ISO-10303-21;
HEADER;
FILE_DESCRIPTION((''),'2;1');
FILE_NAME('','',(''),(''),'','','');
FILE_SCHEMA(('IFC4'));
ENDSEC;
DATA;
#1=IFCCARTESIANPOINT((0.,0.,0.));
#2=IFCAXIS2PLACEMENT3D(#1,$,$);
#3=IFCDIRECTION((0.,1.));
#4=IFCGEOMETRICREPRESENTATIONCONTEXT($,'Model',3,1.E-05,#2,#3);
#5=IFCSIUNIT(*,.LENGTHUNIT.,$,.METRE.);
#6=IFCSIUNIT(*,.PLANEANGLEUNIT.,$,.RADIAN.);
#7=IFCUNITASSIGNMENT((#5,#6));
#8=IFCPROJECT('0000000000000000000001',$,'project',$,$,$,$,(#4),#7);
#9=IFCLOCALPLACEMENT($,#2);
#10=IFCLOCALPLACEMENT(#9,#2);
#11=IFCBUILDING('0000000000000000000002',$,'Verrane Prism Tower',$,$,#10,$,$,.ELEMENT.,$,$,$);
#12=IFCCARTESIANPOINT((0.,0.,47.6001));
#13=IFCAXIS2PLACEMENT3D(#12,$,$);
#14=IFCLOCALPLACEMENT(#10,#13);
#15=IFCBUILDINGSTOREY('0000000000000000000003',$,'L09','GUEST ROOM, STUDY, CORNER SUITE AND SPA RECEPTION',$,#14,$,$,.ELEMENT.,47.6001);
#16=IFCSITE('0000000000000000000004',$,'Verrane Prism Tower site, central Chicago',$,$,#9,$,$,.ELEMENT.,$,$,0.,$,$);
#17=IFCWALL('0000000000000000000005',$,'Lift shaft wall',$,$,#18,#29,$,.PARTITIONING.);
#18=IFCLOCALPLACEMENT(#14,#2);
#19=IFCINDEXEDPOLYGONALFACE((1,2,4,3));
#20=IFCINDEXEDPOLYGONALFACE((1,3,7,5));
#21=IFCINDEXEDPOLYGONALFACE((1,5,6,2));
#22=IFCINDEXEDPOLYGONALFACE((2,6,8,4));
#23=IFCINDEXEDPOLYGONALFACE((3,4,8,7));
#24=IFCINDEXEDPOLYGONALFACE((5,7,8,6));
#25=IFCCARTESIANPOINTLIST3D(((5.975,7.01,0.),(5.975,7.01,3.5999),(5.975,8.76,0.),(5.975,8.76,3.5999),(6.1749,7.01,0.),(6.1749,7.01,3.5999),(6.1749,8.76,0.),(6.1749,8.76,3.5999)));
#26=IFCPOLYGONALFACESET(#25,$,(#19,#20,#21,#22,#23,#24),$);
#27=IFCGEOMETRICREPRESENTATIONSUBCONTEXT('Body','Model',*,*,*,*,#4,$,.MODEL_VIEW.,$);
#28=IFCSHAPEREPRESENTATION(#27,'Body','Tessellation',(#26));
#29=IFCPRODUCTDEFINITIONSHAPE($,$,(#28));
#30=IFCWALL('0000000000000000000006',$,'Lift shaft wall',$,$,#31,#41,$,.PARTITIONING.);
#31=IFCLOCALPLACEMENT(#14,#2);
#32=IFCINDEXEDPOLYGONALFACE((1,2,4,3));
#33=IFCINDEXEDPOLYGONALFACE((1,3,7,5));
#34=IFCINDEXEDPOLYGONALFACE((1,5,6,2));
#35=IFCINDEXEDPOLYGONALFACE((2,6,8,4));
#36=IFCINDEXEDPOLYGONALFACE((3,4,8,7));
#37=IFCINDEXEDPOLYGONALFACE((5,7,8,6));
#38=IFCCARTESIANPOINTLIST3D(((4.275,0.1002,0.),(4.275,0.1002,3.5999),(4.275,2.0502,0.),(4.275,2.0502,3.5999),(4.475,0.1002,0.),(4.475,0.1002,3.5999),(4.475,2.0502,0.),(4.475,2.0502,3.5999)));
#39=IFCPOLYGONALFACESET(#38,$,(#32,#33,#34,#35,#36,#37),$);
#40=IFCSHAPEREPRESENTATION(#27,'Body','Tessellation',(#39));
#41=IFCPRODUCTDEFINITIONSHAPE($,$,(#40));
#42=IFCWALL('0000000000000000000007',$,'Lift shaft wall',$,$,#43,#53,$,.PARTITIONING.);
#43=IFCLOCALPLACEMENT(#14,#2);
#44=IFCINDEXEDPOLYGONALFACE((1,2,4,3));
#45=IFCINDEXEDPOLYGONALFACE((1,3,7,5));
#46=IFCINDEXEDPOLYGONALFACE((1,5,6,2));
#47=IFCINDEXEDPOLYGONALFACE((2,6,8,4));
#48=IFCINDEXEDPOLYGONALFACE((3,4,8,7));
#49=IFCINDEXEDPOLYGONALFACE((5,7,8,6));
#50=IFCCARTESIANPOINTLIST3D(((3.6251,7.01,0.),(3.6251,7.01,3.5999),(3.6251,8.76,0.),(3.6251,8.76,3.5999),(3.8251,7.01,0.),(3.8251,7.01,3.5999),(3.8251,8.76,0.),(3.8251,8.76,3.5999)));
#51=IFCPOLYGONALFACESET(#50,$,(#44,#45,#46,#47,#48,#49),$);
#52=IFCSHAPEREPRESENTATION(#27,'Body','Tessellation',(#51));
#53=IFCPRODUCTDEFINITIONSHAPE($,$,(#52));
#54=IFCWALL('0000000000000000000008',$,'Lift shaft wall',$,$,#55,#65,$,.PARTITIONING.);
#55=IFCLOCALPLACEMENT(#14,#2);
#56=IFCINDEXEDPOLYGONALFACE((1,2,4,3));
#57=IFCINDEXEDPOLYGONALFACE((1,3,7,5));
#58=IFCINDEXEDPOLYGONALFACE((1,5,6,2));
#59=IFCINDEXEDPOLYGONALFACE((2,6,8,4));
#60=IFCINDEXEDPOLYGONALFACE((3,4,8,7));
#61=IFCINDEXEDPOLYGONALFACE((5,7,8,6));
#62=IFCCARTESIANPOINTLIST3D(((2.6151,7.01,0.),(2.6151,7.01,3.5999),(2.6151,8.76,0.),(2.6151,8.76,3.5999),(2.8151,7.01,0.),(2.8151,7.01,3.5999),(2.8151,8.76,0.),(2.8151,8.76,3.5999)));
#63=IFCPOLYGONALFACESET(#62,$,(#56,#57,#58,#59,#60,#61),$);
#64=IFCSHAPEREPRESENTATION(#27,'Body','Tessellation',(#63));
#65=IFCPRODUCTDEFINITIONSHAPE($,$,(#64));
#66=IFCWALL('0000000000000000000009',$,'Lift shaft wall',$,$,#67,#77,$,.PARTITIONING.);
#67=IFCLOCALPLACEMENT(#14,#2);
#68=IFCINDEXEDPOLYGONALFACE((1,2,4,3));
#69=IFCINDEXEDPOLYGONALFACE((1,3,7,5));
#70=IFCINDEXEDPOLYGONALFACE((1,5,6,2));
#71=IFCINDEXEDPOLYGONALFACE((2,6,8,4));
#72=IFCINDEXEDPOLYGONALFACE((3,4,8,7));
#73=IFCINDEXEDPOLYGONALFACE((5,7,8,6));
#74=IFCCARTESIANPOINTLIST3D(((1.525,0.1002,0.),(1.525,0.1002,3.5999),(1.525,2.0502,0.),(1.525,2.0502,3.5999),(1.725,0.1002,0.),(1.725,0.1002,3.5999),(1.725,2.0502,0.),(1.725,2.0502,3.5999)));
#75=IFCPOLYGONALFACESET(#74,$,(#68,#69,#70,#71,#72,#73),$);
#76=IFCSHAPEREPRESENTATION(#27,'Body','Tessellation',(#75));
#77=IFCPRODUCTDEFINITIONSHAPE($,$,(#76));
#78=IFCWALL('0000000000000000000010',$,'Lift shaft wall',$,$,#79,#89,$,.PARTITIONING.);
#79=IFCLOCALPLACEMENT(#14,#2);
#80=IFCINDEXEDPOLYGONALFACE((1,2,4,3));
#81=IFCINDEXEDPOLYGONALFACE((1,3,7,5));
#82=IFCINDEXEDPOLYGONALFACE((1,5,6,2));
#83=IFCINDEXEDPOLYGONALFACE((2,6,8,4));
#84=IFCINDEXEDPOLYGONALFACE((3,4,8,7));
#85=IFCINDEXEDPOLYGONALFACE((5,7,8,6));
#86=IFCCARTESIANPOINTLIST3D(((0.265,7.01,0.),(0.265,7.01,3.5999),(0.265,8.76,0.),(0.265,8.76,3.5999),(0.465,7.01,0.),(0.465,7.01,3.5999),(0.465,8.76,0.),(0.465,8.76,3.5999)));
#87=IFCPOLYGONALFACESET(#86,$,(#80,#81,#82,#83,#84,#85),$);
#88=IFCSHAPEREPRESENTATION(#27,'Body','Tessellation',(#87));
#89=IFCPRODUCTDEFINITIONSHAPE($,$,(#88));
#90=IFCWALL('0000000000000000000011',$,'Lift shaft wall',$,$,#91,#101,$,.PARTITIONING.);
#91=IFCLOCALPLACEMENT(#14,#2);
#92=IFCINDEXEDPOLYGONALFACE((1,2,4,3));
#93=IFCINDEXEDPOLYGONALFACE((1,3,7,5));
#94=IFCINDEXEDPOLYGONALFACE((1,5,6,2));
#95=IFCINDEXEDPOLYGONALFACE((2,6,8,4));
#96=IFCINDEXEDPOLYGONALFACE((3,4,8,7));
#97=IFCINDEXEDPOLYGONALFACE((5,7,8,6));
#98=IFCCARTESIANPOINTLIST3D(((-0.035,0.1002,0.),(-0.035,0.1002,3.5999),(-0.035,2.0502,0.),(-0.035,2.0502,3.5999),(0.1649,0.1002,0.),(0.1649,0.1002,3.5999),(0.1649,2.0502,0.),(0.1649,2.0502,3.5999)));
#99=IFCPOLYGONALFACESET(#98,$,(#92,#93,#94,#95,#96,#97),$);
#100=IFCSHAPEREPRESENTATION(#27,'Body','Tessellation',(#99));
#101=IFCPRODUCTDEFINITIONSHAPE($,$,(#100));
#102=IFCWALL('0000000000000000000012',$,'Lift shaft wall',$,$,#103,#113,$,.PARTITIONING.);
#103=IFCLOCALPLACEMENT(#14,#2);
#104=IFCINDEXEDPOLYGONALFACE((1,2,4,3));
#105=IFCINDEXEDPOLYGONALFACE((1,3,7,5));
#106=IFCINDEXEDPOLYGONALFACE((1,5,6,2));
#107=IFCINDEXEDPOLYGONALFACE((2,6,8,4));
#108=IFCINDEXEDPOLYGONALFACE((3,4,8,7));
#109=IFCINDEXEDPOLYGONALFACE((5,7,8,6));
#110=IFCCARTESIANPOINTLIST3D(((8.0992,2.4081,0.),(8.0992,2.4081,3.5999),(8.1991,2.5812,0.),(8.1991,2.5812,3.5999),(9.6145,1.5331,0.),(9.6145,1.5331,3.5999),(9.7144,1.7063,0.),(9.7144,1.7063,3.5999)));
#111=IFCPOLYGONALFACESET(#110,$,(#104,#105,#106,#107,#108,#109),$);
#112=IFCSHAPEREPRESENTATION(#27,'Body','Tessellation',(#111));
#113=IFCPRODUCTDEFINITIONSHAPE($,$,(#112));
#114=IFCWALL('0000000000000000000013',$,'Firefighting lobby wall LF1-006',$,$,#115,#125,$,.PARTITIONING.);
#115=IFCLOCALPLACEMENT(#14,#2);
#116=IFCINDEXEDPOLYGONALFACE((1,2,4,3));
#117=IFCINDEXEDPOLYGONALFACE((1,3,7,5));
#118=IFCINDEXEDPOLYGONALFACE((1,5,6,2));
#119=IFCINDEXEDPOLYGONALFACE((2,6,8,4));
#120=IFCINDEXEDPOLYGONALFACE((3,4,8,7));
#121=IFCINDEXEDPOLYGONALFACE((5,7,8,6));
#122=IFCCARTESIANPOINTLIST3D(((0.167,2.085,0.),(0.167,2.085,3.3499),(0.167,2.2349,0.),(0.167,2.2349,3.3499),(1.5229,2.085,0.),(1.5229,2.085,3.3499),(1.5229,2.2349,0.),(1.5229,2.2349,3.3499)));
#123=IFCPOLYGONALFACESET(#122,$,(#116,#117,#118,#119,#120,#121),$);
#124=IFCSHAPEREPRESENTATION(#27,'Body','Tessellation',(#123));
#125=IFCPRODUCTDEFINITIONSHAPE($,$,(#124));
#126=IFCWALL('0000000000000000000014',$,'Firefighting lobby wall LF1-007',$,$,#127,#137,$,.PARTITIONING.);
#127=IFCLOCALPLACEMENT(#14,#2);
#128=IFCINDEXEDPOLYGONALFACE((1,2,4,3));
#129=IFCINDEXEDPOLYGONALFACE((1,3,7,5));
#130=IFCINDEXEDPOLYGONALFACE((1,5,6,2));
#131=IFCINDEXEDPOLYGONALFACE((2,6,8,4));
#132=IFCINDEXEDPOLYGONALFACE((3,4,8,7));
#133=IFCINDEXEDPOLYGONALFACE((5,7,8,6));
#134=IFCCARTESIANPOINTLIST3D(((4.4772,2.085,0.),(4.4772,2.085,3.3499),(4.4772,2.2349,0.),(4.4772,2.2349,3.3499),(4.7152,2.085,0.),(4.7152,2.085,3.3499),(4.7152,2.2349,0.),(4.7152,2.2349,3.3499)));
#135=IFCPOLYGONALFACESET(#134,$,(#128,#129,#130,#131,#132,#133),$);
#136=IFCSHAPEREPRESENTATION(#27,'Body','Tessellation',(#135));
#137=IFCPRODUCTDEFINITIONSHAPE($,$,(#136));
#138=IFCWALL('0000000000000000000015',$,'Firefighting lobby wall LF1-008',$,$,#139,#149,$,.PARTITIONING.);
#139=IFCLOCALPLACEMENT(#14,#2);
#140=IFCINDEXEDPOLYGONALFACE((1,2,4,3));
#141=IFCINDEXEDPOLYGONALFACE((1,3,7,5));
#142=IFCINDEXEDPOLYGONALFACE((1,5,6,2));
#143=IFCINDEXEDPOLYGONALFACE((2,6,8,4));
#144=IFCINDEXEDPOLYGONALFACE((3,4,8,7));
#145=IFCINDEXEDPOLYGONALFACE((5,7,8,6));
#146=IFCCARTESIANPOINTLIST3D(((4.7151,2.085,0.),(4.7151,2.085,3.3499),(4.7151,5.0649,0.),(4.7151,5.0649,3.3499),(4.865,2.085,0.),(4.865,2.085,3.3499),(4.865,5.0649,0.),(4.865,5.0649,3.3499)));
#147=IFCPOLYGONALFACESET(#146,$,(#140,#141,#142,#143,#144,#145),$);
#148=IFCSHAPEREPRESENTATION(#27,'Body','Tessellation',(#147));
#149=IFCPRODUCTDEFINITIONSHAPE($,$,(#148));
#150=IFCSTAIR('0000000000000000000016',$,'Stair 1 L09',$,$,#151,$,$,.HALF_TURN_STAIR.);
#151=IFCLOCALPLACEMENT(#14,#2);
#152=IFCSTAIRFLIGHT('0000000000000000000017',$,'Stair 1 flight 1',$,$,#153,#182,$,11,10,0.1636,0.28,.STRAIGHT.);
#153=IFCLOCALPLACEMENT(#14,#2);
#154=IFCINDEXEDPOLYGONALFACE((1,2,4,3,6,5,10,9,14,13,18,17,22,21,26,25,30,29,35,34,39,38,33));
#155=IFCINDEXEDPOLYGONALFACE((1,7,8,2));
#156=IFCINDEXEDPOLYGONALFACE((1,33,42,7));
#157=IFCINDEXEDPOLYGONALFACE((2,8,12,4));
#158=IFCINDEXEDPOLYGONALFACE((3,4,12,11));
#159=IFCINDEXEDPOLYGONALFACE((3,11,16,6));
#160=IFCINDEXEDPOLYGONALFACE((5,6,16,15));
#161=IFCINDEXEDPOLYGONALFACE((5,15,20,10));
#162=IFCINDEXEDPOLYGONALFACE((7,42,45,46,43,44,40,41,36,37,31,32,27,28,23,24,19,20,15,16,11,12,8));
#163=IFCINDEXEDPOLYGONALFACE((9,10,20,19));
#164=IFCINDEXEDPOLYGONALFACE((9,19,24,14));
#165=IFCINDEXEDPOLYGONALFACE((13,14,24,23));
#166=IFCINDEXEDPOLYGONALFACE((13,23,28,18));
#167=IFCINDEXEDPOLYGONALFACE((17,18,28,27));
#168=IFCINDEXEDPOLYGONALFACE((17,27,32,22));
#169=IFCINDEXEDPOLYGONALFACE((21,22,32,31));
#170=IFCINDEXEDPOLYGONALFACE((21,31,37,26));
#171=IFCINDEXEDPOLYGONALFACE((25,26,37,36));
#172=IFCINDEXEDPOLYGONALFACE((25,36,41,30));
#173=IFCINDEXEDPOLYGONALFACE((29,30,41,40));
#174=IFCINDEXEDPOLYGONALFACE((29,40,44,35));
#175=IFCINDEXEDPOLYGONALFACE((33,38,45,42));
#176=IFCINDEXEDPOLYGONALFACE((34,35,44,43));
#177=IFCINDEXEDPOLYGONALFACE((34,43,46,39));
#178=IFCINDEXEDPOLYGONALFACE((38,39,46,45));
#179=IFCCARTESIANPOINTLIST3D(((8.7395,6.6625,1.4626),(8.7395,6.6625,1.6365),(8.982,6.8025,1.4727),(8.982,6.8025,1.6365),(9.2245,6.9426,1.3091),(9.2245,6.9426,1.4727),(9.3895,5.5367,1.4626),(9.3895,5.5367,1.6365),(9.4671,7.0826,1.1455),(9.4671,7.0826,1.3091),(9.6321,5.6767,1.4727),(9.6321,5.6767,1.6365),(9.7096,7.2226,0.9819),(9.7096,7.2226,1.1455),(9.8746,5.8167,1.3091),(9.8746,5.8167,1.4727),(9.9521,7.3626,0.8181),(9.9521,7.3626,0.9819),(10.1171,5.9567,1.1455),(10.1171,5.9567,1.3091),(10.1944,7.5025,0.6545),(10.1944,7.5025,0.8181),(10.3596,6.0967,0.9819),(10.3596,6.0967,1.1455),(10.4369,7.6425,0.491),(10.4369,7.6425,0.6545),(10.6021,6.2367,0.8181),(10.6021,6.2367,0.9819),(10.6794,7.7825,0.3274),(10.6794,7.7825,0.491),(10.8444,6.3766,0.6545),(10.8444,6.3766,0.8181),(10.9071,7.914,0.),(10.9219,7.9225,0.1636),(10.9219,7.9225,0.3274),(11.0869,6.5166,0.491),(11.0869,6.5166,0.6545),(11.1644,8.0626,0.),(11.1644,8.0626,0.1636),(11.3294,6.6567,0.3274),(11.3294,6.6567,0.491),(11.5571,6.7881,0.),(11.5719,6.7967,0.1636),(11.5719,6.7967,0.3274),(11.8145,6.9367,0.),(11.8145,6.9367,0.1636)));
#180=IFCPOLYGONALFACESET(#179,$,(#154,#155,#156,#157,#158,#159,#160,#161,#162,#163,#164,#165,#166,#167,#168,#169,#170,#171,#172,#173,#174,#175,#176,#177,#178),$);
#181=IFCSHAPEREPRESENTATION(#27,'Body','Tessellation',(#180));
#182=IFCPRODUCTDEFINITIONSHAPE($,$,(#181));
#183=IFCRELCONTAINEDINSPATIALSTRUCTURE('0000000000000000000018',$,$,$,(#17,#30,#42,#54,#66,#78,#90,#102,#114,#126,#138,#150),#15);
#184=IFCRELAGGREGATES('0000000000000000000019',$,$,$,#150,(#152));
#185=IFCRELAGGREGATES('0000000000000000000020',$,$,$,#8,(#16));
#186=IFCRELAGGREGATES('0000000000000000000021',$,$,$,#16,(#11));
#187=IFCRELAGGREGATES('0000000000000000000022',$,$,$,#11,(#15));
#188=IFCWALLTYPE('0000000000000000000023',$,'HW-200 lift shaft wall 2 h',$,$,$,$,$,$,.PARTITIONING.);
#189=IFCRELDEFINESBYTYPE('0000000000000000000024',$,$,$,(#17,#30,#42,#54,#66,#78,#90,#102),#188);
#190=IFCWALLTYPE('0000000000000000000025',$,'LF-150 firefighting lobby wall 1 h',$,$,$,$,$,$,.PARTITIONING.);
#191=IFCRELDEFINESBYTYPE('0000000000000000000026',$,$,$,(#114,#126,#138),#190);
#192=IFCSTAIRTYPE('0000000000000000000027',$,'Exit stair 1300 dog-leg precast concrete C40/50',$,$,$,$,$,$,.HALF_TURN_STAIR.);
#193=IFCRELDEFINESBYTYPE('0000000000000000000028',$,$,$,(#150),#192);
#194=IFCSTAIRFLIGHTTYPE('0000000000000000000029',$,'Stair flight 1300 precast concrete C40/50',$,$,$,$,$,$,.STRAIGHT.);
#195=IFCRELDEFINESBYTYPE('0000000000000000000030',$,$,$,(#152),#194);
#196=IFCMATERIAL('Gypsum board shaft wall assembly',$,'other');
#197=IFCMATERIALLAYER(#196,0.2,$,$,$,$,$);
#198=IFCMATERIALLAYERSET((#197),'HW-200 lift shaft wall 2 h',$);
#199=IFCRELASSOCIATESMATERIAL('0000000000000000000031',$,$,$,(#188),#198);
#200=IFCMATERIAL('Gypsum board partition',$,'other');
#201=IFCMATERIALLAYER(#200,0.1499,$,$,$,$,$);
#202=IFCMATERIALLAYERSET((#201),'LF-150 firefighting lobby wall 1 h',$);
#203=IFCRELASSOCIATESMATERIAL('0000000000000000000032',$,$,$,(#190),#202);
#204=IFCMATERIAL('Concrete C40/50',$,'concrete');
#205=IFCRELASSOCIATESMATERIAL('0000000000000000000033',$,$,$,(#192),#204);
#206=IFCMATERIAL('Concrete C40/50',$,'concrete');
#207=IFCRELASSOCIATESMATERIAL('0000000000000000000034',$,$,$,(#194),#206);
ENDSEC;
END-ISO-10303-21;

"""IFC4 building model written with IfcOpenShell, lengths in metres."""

from ifc_helpers import new_model, si_unit, direction, frame, frame_2d, origin, place, context, subcontext, project, spatial, polyline, rectangle, outline, extrude, material, layer, layer_set, type_object, element, aggregate, save


model = new_model("IFC4")

# Units and contexts
model_context = context("Model", 3, precision=1e-05, world=origin(), true_north=direction((0.0, 1.0)))
body_context = subcontext(model_context, "Body", "Model", "MODEL_VIEW")
ifc_project = project(units=[si_unit("LENGTHUNIT", "METRE"), si_unit("PLANEANGLEUNIT", "RADIAN")], contexts=[model_context])

# Site, building, storey
site_placement = place(None, origin())
site = spatial("IfcSite", under=ifc_project, at=site_placement, Name="Verrane Prism Tower site, central Chicago", CompositionType="ELEMENT", RefElevation=0.0)
building_placement = place(site_placement, origin())
building = spatial("IfcBuilding", under=site, at=building_placement, Name="Verrane Prism Tower", CompositionType="ELEMENT")
storey_placement = place(building_placement, frame((0.0, 0.0, 47.6001)))
storey = spatial("IfcBuildingStorey", under=building, at=storey_placement, Name="L09", Description="GUEST ROOM, STUDY, CORNER SUITE AND SPA RECEPTION", CompositionType="ELEMENT", Elevation=47.6001)

# Shared definitions
ifc_material_1 = material(Name="Gypsum board shaft wall assembly", Category="other")
ifc_layer_1 = layer(ifc_material_1, 0.2)
ifc_layer_set_1 = layer_set([ifc_layer_1], Name="HW-200 lift shaft wall 2 h")
wall_type_1 = type_object("IfcWallType", Name="HW-200 lift shaft wall 2 h", PredefinedType="PARTITIONING", material=ifc_layer_set_1)

# Walls
wall_1_placement = place(storey_placement, frame((6.075, 7.01, 0.0), z_axis=(0.0, 0.0, 1.0), x_axis=(0.0, 1.0, 0.0)))
element("IfcWall", 1, at=wall_1_placement, inside=storey, type_object=wall_type_1, Name="Lift shaft wall", PredefinedType="PARTITIONING", context=body_context, shape_type="SweptSolid", body=[
    extrude(rectangle(XDim=1.75, YDim=0.2, at=frame_2d((0.875, 0.0))), origin(), (0.0, 0.0, 1.0), 3.5999),
])
wall_2_placement = place(storey_placement, frame((4.375, 0.1001, 0.0), z_axis=(0.0, 0.0, 1.0), x_axis=(0.0, 1.0, 0.0)))
element("IfcWall", 2, at=wall_2_placement, inside=storey, type_object=wall_type_1, Name="Lift shaft wall", PredefinedType="PARTITIONING", context=body_context, shape_type="SweptSolid", body=[
    extrude(rectangle(XDim=1.95, YDim=0.2, at=frame_2d((0.9751, 0.0))), origin(), (0.0, 0.0, 1.0), 3.5999),
])
for number, where, z_axis, x_axis, name in (
    (3, (3.7251, 7.01, 0.0), (0.0, 0.0, 1.0), (0.0, 1.0, 0.0), "Lift shaft wall"),
    (4, (2.7151, 7.01, 0.0), (0.0, 0.0, 1.0), (0.0, 1.0, 0.0), "Lift shaft wall"),
):
    element("IfcWall", number, at=place(storey_placement, frame(where, z_axis=z_axis, x_axis=x_axis)), inside=storey, type_object=wall_type_1, Name=name, PredefinedType="PARTITIONING", context=body_context, shape_type="SweptSolid", body=[
        extrude(rectangle(XDim=1.75, YDim=0.2, at=frame_2d((0.875, 0.0))), origin(), (0.0, 0.0, 1.0), 3.5999),
    ])
wall_3_placement = place(storey_placement, frame((1.625, 0.1001, 0.0), z_axis=(0.0, 0.0, 1.0), x_axis=(0.0, 1.0, 0.0)))
element("IfcWall", 5, at=wall_3_placement, inside=storey, type_object=wall_type_1, Name="Lift shaft wall", PredefinedType="PARTITIONING", context=body_context, shape_type="SweptSolid", body=[
    extrude(rectangle(XDim=1.95, YDim=0.2, at=frame_2d((0.9751, 0.0))), origin(), (0.0, 0.0, 1.0), 3.5999),
])
wall_4_placement = place(storey_placement, frame((0.365, 7.01, 0.0), z_axis=(0.0, 0.0, 1.0), x_axis=(0.0, 1.0, 0.0)))
element("IfcWall", 6, at=wall_4_placement, inside=storey, type_object=wall_type_1, Name="Lift shaft wall", PredefinedType="PARTITIONING", context=body_context, shape_type="SweptSolid", body=[
    extrude(rectangle(XDim=1.75, YDim=0.2, at=frame_2d((0.875, 0.0))), origin(), (0.0, 0.0, 1.0), 3.5999),
])
wall_5_placement = place(storey_placement, frame((0.0649, 0.1001, 0.0), z_axis=(0.0, 0.0, 1.0), x_axis=(0.0, 1.0, 0.0)))
element("IfcWall", 7, at=wall_5_placement, inside=storey, type_object=wall_type_1, Name="Lift shaft wall", PredefinedType="PARTITIONING", context=body_context, shape_type="SweptSolid", body=[
    extrude(rectangle(XDim=1.95, YDim=0.2, at=frame_2d((0.9751, 0.0))), origin(), (0.0, 0.0, 1.0), 3.5999),
])
wall_6_placement = place(storey_placement, frame((9.6646, 1.6196, 0.0), z_axis=(0.0, 0.0, 1.0), x_axis=(-0.866002, 0.50004, 0.0)))
element("IfcWall", 8, at=wall_6_placement, inside=storey, type_object=wall_type_1, Name="Lift shaft wall", PredefinedType="PARTITIONING", context=body_context, shape_type="SweptSolid", body=[
    extrude(rectangle(XDim=1.7498, YDim=0.2, at=frame_2d((0.875, 0.0))), origin(), (0.0, 0.0, 1.0), 3.5999),
])
ifc_material_2 = material(Name="Gypsum board partition", Category="other")
ifc_layer_2 = layer(ifc_material_2, 0.1499)
ifc_layer_set_2 = layer_set([ifc_layer_2], Name="LF-150 firefighting lobby wall 1 h")
wall_type_2 = type_object("IfcWallType", Name="LF-150 firefighting lobby wall 1 h", PredefinedType="PARTITIONING", material=ifc_layer_set_2)
wall_7_placement = place(storey_placement, frame((0.167, 2.1599, 0.0), z_axis=(0.0, 0.0, 1.0), x_axis=(1.0, 0.0, 0.0)))
element("IfcWall", 9, at=wall_7_placement, inside=storey, type_object=wall_type_2, Name="Firefighting lobby wall LF1-006", PredefinedType="PARTITIONING", context=body_context, shape_type="SweptSolid", body=[
    extrude(rectangle(XDim=1.356, YDim=0.1499, at=frame_2d((0.678, 0.0))), origin(), (0.0, 0.0, 1.0), 3.3499),
])
wall_8_placement = place(storey_placement, frame((4.4771, 2.1599, 0.0), z_axis=(0.0, 0.0, 1.0), x_axis=(1.0, 0.0, 0.0)))
element("IfcWall", 10, at=wall_8_placement, inside=storey, type_object=wall_type_2, Name="Firefighting lobby wall LF1-007", PredefinedType="PARTITIONING", context=body_context, shape_type="SweptSolid", body=[
    extrude(rectangle(XDim=0.238, YDim=0.1499, at=frame_2d((0.1191, 0.0))), origin(), (0.0, 0.0, 1.0), 3.3499),
])
wall_9_placement = place(storey_placement, frame((4.79, 2.085, 0.0), z_axis=(0.0, 0.0, 1.0), x_axis=(0.0, 1.0, 0.0)))
element("IfcWall", 11, at=wall_9_placement, inside=storey, type_object=wall_type_2, Name="Firefighting lobby wall LF1-008", PredefinedType="PARTITIONING", context=body_context, shape_type="SweptSolid", body=[
    extrude(rectangle(XDim=2.98, YDim=0.1499, at=frame_2d((1.49, 0.0))), origin(), (0.0, 0.0, 1.0), 3.3499),
])

# Stair, stair flight
ifc_material_3 = material(Name="Concrete C40/50", Category="concrete")
stair_type = type_object("IfcStairType", Name="Exit stair 1300 dog-leg precast concrete C40/50", PredefinedType="HALF_TURN_STAIR", material=ifc_material_3)
stair_placement = place(storey_placement, origin())
stair = element("IfcStair", 12, at=stair_placement, inside=storey, type_object=stair_type, Name="Stair 1 L09", PredefinedType="HALF_TURN_STAIR")
ifc_material_4 = material(Name="Concrete C40/50", Category="concrete")
stair_flight_type = type_object("IfcStairFlightType", Name="Stair flight 1300 precast concrete C40/50", PredefinedType="STRAIGHT", material=ifc_material_4)
stair_flight_1_placement = place(storey_placement, frame((11.4895, 7.4995, 0.0), z_axis=(0.0, 0.0, 1.0), x_axis=(-0.866025, -0.5, 0.0)))
stair_flight_1 = element("IfcStairFlight", 13, at=stair_flight_1_placement, type_object=stair_flight_type, Name="Stair 1 flight 1", NumberOfRisers=11, NumberOfTreads=10, PredefinedType="STRAIGHT", RiserHeight=0.1636, TreadLength=0.28, context=body_context, shape_type="SweptSolid", body=[
    extrude(outline(polyline([(0.0, 0.0), (0.0, 0.1636), (0.28, 0.1636), (0.28, 0.3274), (0.5601, 0.3274), (0.5601, 0.491), (0.8401, 0.491), (0.8401, 0.6545), (1.1201, 0.6545), (1.1201, 0.8181), (1.3999, 0.8181), (1.3999, 0.9819), (1.6799, 0.9819), (1.6799, 1.1455), (1.96, 1.1455), (1.96, 1.3091), (2.24, 1.3091), (2.24, 1.4727), (2.52, 1.4727), (2.52, 1.6365), (2.8, 1.6365), (2.8, 1.8), (2.8, 1.4626), (0.2971, 0.0), (0.0, 0.0)])), frame((0.0, 0.6499, 0.0), z_axis=(0.0, -1.0, 0.0), x_axis=(1.0, 0.0, 0.0)), (0.0, 0.0, 1.0), 1.3),
])
aggregate(stair, [stair_flight_1])

save(model, "model.ifc")
